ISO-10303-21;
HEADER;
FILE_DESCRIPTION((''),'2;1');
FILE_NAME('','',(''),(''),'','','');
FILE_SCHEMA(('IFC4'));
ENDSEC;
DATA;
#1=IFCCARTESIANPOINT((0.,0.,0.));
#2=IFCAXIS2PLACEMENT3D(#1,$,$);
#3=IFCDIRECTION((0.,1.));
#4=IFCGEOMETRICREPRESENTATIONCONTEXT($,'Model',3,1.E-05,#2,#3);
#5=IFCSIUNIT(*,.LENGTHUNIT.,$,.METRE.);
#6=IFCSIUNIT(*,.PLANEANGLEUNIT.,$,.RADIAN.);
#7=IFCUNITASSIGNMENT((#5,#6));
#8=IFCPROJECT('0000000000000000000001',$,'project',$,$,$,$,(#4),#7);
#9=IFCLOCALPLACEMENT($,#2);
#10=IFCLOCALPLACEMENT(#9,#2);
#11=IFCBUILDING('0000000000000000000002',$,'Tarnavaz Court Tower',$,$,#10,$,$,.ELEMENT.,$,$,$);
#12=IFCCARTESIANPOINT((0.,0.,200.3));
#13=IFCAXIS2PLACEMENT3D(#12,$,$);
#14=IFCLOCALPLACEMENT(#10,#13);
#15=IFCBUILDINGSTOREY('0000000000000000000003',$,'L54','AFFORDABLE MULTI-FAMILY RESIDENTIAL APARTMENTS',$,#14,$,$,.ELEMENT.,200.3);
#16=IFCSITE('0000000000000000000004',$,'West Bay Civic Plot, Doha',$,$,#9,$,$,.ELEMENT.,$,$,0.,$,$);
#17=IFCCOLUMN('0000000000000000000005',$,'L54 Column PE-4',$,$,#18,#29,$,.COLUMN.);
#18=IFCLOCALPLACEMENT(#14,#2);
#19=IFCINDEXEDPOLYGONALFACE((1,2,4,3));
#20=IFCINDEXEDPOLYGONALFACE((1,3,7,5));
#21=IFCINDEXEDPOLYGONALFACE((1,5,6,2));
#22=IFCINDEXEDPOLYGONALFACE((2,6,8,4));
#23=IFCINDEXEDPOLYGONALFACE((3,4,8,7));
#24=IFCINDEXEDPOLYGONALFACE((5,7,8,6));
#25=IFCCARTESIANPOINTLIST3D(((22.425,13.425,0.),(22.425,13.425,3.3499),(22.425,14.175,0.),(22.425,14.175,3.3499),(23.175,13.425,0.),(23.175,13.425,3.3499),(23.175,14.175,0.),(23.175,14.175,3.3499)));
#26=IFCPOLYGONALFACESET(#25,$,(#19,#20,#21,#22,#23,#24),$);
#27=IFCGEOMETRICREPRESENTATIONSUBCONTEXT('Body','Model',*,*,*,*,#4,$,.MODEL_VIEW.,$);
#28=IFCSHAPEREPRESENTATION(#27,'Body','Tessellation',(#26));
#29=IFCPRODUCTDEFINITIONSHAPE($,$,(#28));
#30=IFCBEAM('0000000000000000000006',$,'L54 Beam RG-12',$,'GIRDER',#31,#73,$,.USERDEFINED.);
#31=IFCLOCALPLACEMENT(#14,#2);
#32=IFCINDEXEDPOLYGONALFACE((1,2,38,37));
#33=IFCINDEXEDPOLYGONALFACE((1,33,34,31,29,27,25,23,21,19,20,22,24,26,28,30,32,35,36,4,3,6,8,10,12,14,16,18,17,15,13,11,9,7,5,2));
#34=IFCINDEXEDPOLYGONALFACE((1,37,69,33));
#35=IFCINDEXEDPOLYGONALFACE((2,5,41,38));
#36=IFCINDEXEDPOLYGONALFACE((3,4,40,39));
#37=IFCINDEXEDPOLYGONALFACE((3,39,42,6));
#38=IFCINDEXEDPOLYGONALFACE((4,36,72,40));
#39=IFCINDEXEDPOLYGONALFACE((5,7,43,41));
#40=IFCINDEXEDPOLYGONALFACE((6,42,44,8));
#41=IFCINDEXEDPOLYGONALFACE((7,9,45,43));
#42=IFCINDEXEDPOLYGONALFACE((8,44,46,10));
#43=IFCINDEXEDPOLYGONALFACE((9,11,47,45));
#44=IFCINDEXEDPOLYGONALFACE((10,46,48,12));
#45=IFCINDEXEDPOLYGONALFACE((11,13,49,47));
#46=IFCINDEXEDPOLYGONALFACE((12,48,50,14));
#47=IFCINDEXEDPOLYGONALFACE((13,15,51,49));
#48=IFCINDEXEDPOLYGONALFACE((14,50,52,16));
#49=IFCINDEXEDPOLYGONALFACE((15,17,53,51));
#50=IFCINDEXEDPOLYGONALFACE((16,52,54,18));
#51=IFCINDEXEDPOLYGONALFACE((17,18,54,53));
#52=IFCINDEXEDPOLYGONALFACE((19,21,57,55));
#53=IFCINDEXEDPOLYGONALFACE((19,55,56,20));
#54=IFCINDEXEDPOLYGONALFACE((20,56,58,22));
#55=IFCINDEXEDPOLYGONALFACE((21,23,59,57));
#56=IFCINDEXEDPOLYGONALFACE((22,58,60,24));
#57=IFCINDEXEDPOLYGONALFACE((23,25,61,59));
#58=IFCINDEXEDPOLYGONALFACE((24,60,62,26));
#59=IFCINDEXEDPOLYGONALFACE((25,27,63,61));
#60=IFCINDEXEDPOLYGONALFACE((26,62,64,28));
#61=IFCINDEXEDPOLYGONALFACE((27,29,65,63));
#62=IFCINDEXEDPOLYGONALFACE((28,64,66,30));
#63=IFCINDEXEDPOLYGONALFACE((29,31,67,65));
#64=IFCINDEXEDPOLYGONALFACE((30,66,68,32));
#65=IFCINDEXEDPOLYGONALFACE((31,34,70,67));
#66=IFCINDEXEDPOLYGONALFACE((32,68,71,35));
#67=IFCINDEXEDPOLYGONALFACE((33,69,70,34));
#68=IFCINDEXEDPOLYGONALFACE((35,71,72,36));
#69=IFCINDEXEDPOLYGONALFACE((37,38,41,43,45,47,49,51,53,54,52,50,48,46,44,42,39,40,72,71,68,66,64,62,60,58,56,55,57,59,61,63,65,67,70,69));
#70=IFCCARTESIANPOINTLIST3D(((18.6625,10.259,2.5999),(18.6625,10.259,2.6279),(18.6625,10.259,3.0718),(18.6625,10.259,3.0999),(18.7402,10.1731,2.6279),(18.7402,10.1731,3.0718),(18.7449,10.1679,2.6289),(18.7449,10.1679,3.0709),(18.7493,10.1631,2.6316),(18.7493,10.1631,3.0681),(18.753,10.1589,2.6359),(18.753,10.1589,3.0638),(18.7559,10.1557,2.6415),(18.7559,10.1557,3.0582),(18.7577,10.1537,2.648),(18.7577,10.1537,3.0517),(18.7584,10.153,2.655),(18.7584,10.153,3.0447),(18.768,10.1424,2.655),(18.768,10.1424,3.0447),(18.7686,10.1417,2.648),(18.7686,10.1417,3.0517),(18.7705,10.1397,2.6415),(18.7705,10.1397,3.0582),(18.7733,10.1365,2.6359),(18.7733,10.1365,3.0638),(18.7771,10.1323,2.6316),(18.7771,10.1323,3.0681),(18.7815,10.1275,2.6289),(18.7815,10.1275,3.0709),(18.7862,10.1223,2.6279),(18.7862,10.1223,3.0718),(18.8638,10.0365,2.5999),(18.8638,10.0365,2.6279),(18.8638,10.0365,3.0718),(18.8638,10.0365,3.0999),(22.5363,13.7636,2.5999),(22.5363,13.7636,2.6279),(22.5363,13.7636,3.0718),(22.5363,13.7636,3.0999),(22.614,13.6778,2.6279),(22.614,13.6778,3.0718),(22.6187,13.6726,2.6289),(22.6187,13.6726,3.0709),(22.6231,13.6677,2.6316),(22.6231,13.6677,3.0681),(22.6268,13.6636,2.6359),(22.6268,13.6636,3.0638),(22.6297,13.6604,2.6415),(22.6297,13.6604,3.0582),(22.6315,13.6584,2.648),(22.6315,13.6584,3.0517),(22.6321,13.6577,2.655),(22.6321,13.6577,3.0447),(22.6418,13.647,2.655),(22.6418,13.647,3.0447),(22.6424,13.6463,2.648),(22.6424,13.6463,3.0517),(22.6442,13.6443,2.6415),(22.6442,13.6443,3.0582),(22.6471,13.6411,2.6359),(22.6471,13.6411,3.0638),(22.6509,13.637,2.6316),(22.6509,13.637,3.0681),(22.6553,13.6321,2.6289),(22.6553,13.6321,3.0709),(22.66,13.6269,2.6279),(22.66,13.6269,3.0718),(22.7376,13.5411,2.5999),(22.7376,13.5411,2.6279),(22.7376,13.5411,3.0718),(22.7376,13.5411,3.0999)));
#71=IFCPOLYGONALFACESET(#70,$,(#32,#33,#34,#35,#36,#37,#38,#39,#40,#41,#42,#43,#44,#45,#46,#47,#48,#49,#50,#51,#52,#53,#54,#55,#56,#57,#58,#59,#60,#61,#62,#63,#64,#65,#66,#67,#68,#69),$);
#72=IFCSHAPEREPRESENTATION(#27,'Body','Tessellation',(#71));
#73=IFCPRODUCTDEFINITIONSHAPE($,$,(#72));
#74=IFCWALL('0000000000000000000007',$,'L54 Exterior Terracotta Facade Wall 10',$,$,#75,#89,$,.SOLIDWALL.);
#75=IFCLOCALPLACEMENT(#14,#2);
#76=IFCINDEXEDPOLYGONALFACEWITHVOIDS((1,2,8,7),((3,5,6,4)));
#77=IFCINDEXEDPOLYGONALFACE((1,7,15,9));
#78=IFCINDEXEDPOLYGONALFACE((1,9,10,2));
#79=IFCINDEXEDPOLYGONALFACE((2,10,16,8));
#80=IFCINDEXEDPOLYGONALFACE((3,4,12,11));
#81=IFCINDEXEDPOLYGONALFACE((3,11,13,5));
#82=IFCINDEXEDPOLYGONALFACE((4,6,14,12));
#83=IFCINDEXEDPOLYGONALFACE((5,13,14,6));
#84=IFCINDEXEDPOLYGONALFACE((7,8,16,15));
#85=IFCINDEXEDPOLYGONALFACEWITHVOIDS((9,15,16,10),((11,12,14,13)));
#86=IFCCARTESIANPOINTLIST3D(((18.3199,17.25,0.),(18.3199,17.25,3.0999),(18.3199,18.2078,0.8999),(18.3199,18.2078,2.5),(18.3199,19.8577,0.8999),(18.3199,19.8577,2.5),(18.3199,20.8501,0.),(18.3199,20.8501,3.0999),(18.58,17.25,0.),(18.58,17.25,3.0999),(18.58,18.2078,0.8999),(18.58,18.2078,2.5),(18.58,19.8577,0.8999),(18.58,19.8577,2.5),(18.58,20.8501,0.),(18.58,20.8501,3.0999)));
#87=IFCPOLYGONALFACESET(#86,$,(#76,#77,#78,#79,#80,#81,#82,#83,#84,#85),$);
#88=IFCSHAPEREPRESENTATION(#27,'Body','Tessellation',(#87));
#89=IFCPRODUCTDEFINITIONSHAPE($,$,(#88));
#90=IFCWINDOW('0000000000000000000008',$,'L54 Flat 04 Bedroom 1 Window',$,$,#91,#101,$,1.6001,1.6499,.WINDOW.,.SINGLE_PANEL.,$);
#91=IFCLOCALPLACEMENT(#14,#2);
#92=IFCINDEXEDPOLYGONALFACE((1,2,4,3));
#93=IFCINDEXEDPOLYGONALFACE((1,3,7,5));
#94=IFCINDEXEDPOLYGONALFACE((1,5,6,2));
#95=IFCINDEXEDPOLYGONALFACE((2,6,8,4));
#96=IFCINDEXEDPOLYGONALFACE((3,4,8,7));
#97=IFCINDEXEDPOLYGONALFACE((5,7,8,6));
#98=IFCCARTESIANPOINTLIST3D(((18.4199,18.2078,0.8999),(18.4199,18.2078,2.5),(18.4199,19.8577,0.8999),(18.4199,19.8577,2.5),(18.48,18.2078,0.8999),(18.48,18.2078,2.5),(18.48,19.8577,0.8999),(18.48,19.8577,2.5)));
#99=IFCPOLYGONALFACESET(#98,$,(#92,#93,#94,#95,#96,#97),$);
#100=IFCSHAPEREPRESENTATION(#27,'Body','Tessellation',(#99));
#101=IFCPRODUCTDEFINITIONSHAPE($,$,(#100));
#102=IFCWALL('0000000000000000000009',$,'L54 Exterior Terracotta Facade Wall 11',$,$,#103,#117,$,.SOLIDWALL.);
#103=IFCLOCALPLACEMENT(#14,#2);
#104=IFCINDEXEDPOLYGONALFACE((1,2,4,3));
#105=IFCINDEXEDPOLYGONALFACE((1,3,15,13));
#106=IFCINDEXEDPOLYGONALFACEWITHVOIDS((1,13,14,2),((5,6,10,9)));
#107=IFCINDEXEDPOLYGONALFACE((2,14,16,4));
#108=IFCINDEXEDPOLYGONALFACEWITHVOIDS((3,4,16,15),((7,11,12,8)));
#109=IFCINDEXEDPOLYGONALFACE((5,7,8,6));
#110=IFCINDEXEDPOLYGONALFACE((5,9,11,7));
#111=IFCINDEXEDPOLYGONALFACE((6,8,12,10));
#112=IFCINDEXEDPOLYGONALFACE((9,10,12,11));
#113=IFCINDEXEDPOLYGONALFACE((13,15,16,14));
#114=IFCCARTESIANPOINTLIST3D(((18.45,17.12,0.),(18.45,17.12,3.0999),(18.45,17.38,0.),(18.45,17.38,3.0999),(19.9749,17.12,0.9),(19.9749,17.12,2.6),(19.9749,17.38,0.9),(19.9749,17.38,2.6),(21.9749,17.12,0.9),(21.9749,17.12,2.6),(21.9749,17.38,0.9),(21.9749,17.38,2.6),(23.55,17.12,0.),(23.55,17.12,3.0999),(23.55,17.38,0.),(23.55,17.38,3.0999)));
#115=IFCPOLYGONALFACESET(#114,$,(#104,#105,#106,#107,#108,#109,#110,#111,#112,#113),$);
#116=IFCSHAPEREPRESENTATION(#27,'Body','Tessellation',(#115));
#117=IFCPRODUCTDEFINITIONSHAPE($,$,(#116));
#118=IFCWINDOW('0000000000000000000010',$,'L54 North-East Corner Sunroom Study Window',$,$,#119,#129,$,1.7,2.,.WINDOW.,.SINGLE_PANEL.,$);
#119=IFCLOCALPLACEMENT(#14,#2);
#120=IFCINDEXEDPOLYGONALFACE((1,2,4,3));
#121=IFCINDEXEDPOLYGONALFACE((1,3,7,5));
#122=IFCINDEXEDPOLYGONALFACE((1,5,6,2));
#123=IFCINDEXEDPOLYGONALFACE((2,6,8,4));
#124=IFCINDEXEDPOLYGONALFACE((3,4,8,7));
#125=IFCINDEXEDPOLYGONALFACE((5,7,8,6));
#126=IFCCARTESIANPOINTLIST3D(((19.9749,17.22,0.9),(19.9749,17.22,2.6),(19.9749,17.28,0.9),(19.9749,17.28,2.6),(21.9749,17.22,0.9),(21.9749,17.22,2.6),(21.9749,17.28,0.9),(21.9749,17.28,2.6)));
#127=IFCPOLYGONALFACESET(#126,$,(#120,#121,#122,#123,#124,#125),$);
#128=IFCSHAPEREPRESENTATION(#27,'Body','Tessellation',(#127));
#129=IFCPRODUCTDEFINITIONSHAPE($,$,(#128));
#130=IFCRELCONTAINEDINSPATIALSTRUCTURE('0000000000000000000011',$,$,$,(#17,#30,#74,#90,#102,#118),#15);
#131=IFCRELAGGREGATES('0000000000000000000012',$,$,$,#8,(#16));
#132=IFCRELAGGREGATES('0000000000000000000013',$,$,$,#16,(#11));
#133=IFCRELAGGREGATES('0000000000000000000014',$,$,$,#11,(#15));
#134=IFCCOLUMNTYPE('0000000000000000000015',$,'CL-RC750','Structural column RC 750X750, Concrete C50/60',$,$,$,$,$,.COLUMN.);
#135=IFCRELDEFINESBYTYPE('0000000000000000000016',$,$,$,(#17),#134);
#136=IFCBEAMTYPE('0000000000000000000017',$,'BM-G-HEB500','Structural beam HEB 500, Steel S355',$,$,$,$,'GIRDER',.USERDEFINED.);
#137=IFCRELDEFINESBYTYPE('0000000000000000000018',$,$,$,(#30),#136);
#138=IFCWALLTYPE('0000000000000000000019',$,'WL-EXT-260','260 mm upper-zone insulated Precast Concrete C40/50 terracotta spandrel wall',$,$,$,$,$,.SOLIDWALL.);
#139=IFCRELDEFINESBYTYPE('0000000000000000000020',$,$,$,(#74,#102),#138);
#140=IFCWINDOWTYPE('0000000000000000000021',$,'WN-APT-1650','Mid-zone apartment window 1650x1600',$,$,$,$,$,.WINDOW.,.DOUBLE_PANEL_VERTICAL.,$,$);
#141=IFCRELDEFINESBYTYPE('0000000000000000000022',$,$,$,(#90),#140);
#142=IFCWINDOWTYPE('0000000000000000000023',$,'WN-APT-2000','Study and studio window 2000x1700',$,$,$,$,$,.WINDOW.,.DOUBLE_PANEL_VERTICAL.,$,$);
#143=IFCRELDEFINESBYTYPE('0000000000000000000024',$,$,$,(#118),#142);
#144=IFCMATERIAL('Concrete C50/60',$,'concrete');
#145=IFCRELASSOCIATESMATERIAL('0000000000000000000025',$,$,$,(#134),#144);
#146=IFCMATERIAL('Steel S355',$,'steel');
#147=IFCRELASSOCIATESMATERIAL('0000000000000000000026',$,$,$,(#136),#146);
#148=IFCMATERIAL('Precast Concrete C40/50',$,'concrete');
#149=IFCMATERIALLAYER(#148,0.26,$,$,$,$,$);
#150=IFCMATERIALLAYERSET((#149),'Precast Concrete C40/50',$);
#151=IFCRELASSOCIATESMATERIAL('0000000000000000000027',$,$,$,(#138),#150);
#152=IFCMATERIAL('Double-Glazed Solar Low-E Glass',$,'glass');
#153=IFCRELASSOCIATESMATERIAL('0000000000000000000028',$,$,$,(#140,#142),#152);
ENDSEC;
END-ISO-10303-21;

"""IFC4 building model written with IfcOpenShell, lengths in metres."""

from ifc_helpers import new_model, si_unit, direction, frame, frame_2d, origin, origin_2d, place, context, subcontext, project, spatial, rectangle, i_section, extrude, material, layer, layer_set, material_profile, profile_set, type_object, element, fill, save


model = new_model("IFC4")

# Units and contexts
model_context = context("Model", 3, precision=1e-05, world=origin(), true_north=direction((0.0, 1.0)))
body_context = subcontext(model_context, "Body", "Model", "MODEL_VIEW")
ifc_project = project(units=[si_unit("LENGTHUNIT", "METRE"), si_unit("PLANEANGLEUNIT", "RADIAN")], contexts=[model_context])

# Site, building, storey
site_placement = place(None, origin())
site = spatial("IfcSite", under=ifc_project, at=site_placement, Name="West Bay Civic Plot, Doha", CompositionType="ELEMENT", RefElevation=0.0)
building_placement = place(site_placement, origin())
building = spatial("IfcBuilding", under=site, at=building_placement, Name="Tarnavaz Court Tower", CompositionType="ELEMENT")
storey_placement = place(building_placement, frame((0.0, 0.0, 200.3)))
storey = spatial("IfcBuildingStorey", under=building, at=storey_placement, Name="L54", Description="AFFORDABLE MULTI-FAMILY RESIDENTIAL APARTMENTS", CompositionType="ELEMENT", Elevation=200.3)

# Column
ifc_material_1 = material(Name="Concrete C50/60", Category="concrete")
ifc_material_profile_1 = material_profile(ifc_material_1, rectangle(XDim=0.75, YDim=0.75, at=origin_2d()), Name="RC 750X750")
ifc_profile_set_1 = profile_set([ifc_material_profile_1], Name="Concrete C50/60")
column_type = type_object("IfcColumnType", Name="CL-RC750", Description="Structural column RC 750X750, Concrete C50/60", PredefinedType="COLUMN", material=ifc_profile_set_1)
column_placement = place(storey_placement, frame((22.8, 13.8, 0.0), z_axis=(0.0, 0.0, 1.0), x_axis=(1.0, 0.0, 0.0)))
element("IfcColumn", 1, at=column_placement, inside=storey, type_object=column_type, Name="L54 Column PE-4", PredefinedType="COLUMN", context=body_context, shape_type="SweptSolid", body=[
    extrude(rectangle(XDim=0.75, YDim=0.75, at=origin_2d()), origin(), (0.0, 0.0, 1.0), 3.3499),
])

# Beam
ifc_material_2 = material(Name="Steel S355", Category="steel")
ifc_material_profile_2 = material_profile(ifc_material_2, i_section(OverallWidth=0.3, OverallDepth=0.5, WebThickness=0.0144, FlangeThickness=0.0281, FilletRadius=0.0271, at=origin_2d()), Name="HEB 500")
ifc_profile_set_2 = profile_set([ifc_material_profile_2], Name="Steel S355")
beam_type = type_object("IfcBeamType", Name="BM-G-HEB500", Description="Structural beam HEB 500, Steel S355", ElementType="GIRDER", PredefinedType="USERDEFINED", material=ifc_profile_set_2)
beam_placement = place(storey_placement, frame((18.7632, 10.1477, 2.8499), z_axis=(0.741556, 0.670891, 0.0), x_axis=(-0.670891, 0.741556, 0.0)))
element("IfcBeam", 2, at=beam_placement, inside=storey, type_object=beam_type, Name="L54 Beam RG-12", ObjectType="GIRDER", PredefinedType="USERDEFINED", context=body_context, shape_type="SweptSolid", body=[
    extrude(i_section(OverallWidth=0.3, OverallDepth=0.5, WebThickness=0.0144, FlangeThickness=0.0281, FilletRadius=0.0271, at=origin_2d()), origin(), (0.0, 0.0, 1.0), 5.2239),
])

# Walls, openings, windows
ifc_material_3 = material(Name="Precast Concrete C40/50", Category="concrete")
ifc_layer_1 = layer(ifc_material_3, 0.26)
ifc_layer_set_1 = layer_set([ifc_layer_1], Name="Precast Concrete C40/50")
wall_type_1 = type_object("IfcWallType", Name="WL-EXT-260", Description="260 mm upper-zone insulated Precast Concrete C40/50 terracotta spandrel wall", PredefinedType="SOLIDWALL", material=ifc_layer_set_1)
wall_1_placement = place(storey_placement, frame((18.45, 20.8501, 0.0), z_axis=(0.0, 0.0, 1.0), x_axis=(0.0, -1.0, 0.0)))
wall_1 = element("IfcWall", 3, at=wall_1_placement, inside=storey, type_object=wall_type_1, Name="L54 Exterior Terracotta Facade Wall 10", PredefinedType="SOLIDWALL", context=body_context, shape_type="SweptSolid", body=[
    extrude(rectangle(XDim=3.6001, YDim=0.26, at=frame_2d((1.8, 0.0))), origin(), (0.0, 0.0, 1.0), 3.0999),
])
opening_1_placement = place(wall_1_placement, frame((0.9924, 0.0, 0.8999)))
opening_1 = element("IfcOpeningElement", 4, at=opening_1_placement, cuts=wall_1, PredefinedType="OPENING", context=body_context, shape_type="SweptSolid", body=[
    extrude(rectangle(XDim=1.6499, YDim=1.6001, at=frame_2d((0.825, 0.8))), frame((0.0, 0.1399, 0.0), z_axis=(0.0, -1.0, 0.0), x_axis=(1.0, 0.0, 0.0)), (0.0, 0.0, 1.0), 0.28),
])
ifc_material_4 = material(Name="Double-Glazed Solar Low-E Glass", Category="glass")
window_type_1 = type_object("IfcWindowType", Name="WN-APT-1650", Description="Mid-zone apartment window 1650x1600", PartitioningType="DOUBLE_PANEL_VERTICAL", PredefinedType="WINDOW", material=ifc_material_4)
window_1_placement = place(opening_1_placement, origin())
window_1 = element("IfcWindow", 5, at=window_1_placement, inside=storey, type_object=window_type_1, Name="L54 Flat 04 Bedroom 1 Window", OverallHeight=1.6001, OverallWidth=1.6499, PartitioningType="SINGLE_PANEL", PredefinedType="WINDOW", context=body_context, shape_type="SweptSolid", body=[
    extrude(rectangle(XDim=1.6499, YDim=1.6001, at=frame_2d((0.825, 0.8))), frame((0.0, 0.03, 0.0), z_axis=(0.0, -1.0, 0.0), x_axis=(1.0, 0.0, 0.0)), (0.0, 0.0, 1.0), 0.0601),
])
fill(opening_1, window_1)
wall_2_placement = place(storey_placement, frame((18.45, 17.25, 0.0), z_axis=(0.0, 0.0, 1.0), x_axis=(1.0, 0.0, 0.0)))
wall_2 = element("IfcWall", 6, at=wall_2_placement, inside=storey, type_object=wall_type_1, Name="L54 Exterior Terracotta Facade Wall 11", PredefinedType="SOLIDWALL", context=body_context, shape_type="SweptSolid", body=[
    extrude(rectangle(XDim=5.1001, YDim=0.26, at=frame_2d((2.55, 0.0))), origin(), (0.0, 0.0, 1.0), 3.0999),
])
opening_2_placement = place(wall_2_placement, frame((1.5249, 0.0, 0.8999)))
opening_2 = element("IfcOpeningElement", 7, at=opening_2_placement, cuts=wall_2, PredefinedType="OPENING", context=body_context, shape_type="SweptSolid", body=[
    extrude(rectangle(XDim=2.0, YDim=1.7, at=frame_2d((1.0, 0.8501))), frame((0.0, 0.1399, 0.0), z_axis=(0.0, -1.0, 0.0), x_axis=(1.0, 0.0, 0.0)), (0.0, 0.0, 1.0), 0.28),
])
window_type_2 = type_object("IfcWindowType", Name="WN-APT-2000", Description="Study and studio window 2000x1700", PartitioningType="DOUBLE_PANEL_VERTICAL", PredefinedType="WINDOW", material=ifc_material_4)
window_2_placement = place(opening_2_placement, origin())
window_2 = element("IfcWindow", 8, at=window_2_placement, inside=storey, type_object=window_type_2, Name="L54 North-East Corner Sunroom Study Window", OverallHeight=1.7, OverallWidth=2.0, PartitioningType="SINGLE_PANEL", PredefinedType="WINDOW", context=body_context, shape_type="SweptSolid", body=[
    extrude(rectangle(XDim=2.0, YDim=1.7, at=frame_2d((1.0, 0.8501))), frame((0.0, 0.03, 0.0), z_axis=(0.0, -1.0, 0.0), x_axis=(1.0, 0.0, 0.0)), (0.0, 0.0, 1.0), 0.0601),
])
fill(opening_2, window_2)

save(model, "model.ifc")
